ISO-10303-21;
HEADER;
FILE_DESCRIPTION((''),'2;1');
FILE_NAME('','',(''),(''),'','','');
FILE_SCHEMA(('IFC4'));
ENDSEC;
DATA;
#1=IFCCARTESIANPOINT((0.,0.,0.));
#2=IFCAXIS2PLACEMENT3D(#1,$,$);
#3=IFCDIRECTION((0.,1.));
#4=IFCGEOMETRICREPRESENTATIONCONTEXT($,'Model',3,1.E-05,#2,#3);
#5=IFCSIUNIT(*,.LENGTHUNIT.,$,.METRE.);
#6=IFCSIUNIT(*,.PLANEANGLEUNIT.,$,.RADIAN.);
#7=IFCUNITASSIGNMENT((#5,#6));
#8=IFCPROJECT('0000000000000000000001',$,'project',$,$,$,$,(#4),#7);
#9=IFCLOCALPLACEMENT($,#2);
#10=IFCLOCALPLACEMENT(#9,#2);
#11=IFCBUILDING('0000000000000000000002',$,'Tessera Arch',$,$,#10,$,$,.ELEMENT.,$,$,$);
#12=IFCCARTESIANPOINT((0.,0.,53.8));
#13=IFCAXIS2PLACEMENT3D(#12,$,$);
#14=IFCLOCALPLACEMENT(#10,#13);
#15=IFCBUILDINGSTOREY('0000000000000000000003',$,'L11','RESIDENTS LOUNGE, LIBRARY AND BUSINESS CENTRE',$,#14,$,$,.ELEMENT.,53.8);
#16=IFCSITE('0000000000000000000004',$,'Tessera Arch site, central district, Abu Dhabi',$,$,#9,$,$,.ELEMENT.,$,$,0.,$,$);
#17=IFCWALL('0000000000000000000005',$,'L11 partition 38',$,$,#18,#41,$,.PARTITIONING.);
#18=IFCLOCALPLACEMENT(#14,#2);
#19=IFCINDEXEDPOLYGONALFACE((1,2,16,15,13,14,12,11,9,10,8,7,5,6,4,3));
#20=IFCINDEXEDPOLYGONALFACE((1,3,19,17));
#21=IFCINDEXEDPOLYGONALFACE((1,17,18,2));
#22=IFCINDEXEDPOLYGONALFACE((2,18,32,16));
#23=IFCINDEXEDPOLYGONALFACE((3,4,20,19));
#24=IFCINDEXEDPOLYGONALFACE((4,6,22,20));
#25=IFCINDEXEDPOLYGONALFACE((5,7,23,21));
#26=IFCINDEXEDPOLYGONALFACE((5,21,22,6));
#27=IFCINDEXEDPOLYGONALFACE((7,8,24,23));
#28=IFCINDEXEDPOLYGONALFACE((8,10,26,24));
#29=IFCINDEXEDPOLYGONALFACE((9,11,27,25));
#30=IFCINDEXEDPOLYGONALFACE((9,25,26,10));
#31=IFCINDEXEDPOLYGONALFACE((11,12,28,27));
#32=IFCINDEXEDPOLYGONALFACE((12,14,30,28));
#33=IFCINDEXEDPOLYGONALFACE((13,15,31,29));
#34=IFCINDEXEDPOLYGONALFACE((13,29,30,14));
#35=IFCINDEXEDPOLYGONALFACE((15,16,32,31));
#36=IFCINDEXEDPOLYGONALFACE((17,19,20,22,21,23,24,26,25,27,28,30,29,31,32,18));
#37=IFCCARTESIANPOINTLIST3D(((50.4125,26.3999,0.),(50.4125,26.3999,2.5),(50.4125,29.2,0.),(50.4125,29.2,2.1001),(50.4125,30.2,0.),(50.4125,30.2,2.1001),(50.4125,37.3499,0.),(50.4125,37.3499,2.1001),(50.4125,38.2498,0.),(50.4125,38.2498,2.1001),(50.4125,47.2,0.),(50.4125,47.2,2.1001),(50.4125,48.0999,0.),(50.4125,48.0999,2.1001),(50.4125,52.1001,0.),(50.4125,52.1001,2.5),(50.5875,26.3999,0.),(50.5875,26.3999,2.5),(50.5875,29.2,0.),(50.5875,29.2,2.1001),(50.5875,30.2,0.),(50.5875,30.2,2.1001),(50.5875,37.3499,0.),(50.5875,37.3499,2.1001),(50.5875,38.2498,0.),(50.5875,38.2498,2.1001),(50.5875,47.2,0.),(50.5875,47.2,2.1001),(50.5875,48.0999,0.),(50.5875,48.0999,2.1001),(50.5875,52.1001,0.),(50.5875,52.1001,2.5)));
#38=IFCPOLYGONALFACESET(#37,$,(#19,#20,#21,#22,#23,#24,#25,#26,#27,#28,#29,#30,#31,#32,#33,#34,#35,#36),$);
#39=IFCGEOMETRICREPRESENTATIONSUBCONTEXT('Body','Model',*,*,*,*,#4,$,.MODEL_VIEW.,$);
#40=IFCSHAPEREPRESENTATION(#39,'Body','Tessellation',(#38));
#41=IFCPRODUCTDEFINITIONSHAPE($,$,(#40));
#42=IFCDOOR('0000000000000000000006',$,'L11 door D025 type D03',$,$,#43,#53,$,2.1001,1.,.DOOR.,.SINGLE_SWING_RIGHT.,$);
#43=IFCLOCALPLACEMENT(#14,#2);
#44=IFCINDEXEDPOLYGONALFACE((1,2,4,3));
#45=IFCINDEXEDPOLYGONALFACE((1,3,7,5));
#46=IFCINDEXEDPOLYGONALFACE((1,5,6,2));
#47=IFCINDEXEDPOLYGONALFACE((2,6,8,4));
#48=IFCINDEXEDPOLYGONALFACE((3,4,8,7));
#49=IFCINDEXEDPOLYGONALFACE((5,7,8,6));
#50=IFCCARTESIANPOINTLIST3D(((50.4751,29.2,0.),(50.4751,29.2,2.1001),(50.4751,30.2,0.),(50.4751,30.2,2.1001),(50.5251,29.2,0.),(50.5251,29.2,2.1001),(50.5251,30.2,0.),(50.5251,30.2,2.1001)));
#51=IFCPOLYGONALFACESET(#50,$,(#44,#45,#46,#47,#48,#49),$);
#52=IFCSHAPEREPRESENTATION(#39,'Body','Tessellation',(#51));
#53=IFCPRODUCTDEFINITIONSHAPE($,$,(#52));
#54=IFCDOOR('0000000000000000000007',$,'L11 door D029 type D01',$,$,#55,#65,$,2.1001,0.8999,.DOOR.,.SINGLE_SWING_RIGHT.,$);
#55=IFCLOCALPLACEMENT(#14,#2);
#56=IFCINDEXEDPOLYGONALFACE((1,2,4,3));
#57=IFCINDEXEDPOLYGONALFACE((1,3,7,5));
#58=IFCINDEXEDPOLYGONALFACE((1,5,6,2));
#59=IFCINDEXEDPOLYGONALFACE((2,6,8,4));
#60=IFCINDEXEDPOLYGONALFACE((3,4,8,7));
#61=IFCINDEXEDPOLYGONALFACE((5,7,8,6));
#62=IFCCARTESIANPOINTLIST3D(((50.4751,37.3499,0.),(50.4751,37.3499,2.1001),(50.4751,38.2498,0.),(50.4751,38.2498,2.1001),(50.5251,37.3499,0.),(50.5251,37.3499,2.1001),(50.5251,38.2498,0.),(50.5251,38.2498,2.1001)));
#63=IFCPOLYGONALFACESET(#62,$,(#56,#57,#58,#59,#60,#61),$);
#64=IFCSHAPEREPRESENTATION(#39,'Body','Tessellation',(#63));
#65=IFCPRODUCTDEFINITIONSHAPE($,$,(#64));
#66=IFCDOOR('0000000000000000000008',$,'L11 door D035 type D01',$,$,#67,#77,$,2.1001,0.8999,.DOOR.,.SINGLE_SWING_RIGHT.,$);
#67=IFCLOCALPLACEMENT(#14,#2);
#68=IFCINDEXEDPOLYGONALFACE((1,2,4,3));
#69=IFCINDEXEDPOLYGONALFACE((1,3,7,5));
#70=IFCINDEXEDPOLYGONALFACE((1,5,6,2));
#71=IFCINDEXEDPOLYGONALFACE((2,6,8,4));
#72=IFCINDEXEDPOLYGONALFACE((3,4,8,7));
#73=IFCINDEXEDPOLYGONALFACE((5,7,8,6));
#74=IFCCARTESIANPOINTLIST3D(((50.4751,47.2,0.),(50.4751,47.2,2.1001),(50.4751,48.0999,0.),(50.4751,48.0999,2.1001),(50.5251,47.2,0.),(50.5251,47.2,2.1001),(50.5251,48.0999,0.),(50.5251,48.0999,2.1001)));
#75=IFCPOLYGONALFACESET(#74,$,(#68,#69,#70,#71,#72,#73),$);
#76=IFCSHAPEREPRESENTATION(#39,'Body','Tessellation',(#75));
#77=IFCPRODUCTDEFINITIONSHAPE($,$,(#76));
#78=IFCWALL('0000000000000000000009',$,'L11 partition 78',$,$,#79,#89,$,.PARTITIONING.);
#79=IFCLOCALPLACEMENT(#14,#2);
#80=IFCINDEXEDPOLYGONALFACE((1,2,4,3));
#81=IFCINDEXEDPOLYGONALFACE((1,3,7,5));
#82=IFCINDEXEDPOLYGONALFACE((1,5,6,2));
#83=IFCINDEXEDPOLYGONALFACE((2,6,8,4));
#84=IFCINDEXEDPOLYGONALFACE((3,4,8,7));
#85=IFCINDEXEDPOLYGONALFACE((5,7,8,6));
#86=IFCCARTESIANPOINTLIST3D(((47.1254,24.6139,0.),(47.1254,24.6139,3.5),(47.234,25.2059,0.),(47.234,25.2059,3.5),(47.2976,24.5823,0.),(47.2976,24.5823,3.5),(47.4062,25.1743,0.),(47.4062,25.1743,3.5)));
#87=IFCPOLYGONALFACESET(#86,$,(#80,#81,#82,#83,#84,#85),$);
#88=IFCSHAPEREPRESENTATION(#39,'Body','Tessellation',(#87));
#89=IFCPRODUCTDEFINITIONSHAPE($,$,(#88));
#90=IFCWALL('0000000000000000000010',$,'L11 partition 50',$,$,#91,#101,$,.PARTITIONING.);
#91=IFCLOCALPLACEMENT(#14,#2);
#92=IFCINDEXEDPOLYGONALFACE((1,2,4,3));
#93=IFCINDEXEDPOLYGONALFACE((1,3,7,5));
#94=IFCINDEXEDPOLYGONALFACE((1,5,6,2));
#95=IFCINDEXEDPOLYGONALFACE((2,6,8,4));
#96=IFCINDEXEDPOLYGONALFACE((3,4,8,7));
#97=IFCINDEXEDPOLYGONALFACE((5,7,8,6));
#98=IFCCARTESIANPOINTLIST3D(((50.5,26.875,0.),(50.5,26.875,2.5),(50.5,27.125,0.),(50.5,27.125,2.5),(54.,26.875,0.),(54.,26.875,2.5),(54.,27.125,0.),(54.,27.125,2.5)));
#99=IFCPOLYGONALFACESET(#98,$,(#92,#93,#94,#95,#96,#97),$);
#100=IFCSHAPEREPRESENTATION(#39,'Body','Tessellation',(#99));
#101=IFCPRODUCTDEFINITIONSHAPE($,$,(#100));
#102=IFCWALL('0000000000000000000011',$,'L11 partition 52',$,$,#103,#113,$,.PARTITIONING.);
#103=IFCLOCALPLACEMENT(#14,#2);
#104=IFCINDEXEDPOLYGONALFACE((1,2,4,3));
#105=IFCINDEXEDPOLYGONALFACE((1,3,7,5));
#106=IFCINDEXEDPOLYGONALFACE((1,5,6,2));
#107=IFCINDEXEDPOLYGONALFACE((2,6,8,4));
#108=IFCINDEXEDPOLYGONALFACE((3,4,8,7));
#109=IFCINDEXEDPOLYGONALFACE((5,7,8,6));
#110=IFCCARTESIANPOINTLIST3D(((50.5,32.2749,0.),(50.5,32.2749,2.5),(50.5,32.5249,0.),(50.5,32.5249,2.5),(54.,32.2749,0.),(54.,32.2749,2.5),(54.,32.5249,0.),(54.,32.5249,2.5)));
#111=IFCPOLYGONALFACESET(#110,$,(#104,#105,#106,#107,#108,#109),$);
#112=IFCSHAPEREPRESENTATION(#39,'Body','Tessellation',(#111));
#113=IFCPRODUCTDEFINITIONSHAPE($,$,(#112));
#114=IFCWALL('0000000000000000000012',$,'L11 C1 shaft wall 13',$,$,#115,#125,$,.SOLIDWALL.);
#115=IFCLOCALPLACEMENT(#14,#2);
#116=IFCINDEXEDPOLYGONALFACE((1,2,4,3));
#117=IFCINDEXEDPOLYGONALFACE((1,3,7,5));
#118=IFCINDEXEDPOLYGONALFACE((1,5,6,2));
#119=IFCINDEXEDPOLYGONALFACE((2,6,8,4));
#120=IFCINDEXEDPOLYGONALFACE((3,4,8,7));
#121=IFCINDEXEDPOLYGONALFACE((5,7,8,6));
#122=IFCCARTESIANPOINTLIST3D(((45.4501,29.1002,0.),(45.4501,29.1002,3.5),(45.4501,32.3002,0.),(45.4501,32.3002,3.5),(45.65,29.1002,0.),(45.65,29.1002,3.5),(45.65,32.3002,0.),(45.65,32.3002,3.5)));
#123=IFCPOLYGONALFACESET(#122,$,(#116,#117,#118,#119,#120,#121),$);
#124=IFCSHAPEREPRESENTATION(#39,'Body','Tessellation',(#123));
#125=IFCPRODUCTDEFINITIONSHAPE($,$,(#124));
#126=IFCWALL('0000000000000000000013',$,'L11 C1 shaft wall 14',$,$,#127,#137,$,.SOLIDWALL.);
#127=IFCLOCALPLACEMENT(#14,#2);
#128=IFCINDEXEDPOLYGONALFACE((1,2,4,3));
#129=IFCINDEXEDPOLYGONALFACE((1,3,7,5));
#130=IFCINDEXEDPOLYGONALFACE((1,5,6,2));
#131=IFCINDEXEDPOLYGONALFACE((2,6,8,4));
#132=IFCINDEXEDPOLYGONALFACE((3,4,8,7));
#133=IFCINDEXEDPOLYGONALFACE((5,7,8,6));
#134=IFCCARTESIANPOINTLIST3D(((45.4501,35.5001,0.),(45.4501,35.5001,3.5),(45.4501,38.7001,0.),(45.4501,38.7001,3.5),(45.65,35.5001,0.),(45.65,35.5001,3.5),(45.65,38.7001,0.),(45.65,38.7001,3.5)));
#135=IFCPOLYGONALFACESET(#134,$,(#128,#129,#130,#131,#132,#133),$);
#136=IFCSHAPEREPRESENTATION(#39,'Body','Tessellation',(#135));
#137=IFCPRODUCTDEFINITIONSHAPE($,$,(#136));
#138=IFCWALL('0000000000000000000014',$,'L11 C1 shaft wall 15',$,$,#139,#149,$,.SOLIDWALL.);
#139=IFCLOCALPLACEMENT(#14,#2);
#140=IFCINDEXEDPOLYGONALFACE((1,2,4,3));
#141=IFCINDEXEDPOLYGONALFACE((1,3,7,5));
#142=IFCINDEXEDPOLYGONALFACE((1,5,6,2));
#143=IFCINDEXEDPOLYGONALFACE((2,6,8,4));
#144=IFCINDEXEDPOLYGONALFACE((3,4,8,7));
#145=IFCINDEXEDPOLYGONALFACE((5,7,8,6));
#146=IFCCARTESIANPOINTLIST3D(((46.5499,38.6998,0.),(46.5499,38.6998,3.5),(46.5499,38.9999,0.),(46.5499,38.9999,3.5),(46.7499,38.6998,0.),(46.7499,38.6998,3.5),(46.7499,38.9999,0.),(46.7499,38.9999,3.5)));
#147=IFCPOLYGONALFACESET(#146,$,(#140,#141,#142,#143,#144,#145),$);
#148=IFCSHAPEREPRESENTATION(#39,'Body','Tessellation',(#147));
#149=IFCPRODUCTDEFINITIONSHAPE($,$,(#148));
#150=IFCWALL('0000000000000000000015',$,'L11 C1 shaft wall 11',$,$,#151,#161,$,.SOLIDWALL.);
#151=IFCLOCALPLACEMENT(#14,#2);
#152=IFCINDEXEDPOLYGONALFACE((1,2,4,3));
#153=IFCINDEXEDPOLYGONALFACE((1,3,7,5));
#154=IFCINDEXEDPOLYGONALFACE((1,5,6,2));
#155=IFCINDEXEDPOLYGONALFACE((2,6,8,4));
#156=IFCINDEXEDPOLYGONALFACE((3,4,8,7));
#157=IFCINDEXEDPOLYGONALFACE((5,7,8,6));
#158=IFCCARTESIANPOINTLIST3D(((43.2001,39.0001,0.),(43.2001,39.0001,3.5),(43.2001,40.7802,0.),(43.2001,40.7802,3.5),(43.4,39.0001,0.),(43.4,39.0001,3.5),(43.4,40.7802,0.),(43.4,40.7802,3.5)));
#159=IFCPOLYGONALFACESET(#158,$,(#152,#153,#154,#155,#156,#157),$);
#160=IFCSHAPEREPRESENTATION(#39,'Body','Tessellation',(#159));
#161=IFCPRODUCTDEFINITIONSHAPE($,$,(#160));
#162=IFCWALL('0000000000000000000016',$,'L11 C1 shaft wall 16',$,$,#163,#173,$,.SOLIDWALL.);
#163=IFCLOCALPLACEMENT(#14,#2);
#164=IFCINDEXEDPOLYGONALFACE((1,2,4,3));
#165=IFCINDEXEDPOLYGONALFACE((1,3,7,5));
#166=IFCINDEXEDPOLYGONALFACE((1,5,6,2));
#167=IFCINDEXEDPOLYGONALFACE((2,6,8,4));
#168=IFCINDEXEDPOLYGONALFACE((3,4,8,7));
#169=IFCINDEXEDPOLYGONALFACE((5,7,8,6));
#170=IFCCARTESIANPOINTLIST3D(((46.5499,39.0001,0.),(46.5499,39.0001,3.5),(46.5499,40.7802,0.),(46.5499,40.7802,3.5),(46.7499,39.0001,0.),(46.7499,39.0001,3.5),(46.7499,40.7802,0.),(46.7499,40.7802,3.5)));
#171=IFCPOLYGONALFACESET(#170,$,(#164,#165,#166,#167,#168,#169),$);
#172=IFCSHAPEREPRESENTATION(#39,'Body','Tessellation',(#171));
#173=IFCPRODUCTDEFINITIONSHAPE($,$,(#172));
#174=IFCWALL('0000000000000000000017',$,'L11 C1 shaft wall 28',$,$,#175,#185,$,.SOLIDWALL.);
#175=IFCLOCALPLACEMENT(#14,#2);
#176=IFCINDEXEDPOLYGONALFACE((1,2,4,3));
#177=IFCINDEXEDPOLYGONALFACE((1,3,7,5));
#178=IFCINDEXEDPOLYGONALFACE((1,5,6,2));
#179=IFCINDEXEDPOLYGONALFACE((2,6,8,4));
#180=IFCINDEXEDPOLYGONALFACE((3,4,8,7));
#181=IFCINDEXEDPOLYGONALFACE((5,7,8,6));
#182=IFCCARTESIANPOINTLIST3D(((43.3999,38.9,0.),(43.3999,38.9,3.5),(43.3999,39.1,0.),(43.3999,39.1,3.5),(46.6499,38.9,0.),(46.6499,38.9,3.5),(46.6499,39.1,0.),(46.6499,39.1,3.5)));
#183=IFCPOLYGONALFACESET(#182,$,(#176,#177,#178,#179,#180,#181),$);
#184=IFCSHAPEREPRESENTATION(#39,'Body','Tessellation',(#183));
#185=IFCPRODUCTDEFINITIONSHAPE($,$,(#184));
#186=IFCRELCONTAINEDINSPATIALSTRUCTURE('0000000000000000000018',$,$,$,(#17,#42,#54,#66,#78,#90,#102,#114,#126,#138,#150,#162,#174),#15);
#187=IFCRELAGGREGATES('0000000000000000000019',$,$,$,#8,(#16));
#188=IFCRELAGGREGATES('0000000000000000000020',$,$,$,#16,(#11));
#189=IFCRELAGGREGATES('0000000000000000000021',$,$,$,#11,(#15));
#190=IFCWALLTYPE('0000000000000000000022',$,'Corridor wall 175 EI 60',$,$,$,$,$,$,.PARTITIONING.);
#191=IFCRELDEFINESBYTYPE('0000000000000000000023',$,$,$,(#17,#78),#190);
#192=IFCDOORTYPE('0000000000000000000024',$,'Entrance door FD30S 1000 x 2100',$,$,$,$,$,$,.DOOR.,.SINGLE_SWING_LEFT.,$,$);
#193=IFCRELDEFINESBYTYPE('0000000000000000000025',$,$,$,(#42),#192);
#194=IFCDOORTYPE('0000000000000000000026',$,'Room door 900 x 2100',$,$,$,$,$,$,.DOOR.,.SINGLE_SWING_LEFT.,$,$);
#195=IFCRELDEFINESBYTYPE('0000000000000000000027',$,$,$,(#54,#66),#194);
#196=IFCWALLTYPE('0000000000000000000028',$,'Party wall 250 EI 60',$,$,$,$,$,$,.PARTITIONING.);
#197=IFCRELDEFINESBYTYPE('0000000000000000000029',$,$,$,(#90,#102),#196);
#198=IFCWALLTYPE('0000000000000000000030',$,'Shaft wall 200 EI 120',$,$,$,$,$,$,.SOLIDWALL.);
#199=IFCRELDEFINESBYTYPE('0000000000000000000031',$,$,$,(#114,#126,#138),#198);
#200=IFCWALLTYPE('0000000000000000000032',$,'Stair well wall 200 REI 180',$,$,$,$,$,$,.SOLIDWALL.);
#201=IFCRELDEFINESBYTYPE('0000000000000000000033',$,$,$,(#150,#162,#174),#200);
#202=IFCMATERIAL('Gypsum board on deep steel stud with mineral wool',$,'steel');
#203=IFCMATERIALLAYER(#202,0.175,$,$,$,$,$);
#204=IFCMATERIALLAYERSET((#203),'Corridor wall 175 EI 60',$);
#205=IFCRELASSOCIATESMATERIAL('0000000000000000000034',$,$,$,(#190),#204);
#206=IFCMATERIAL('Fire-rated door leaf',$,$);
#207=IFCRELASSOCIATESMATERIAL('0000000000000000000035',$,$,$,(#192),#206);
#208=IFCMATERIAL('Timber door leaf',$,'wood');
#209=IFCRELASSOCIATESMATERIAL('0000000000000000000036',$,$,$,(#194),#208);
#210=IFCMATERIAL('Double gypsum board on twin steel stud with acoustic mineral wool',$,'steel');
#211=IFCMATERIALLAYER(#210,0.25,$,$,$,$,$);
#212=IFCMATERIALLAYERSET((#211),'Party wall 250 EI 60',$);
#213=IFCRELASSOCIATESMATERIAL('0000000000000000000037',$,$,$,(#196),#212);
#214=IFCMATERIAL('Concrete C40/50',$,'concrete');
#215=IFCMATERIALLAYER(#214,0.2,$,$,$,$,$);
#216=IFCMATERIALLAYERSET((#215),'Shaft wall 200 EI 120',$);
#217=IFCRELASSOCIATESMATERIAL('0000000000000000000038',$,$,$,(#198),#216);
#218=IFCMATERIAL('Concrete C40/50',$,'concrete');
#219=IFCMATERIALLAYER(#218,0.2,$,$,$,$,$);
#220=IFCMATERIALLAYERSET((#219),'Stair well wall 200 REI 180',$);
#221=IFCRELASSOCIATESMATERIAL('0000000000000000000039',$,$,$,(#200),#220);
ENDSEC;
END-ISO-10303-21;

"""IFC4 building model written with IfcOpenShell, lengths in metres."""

from ifc_helpers import new_model, si_unit, direction, frame, frame_2d, origin, place, context, subcontext, project, spatial, rectangle, extrude, material, layer, layer_set, type_object, element, fill, save


model = new_model("IFC4")

# Units and contexts
model_context = context("Model", 3, precision=1e-05, world=origin(), true_north=direction((0.0, 1.0)))
body_context = subcontext(model_context, "Body", "Model", "MODEL_VIEW")
ifc_project = project(units=[si_unit("LENGTHUNIT", "METRE"), si_unit("PLANEANGLEUNIT", "RADIAN")], contexts=[model_context])

# Site, building, storey
site_placement = place(None, origin())
site = spatial("IfcSite", under=ifc_project, at=site_placement, Name="Tessera Arch site, central district, Abu Dhabi", CompositionType="ELEMENT", RefElevation=0.0)
building_placement = place(site_placement, origin())
building = spatial("IfcBuilding", under=site, at=building_placement, Name="Tessera Arch", CompositionType="ELEMENT")
storey_placement = place(building_placement, frame((0.0, 0.0, 53.8)))
storey = spatial("IfcBuildingStorey", under=building, at=storey_placement, Name="L11", Description="RESIDENTS LOUNGE, LIBRARY AND BUSINESS CENTRE", CompositionType="ELEMENT", Elevation=53.8)

# Shared definitions
ifc_material_1 = material(Name="Gypsum board on deep steel stud with mineral wool", Category="steel")
ifc_layer_1 = layer(ifc_material_1, 0.175)
ifc_layer_set_1 = layer_set([ifc_layer_1], Name="Corridor wall 175 EI 60")
wall_type_1 = type_object("IfcWallType", Name="Corridor wall 175 EI 60", PredefinedType="PARTITIONING", material=ifc_layer_set_1)

# Wall, openings, doors
wall_1_placement = place(storey_placement, frame((50.5, 26.3999, 0.0), z_axis=(0.0, 0.0, 1.0), x_axis=(0.0, 1.0, 0.0)))
wall_1 = element("IfcWall", 1, at=wall_1_placement, inside=storey, type_object=wall_type_1, Name="L11 partition 38", PredefinedType="PARTITIONING", context=body_context, shape_type="SweptSolid", body=[
    extrude(rectangle(XDim=25.7002, YDim=0.175, at=frame_2d((12.8501, 0.0))), origin(), (0.0, 0.0, 1.0), 2.5),
])
opening_1_placement = place(wall_1_placement, frame((2.8, 0.0, 0.0)))
opening_1 = element("IfcOpeningElement", 2, at=opening_1_placement, cuts=wall_1, PredefinedType="OPENING", context=body_context, shape_type="SweptSolid", body=[
    extrude(rectangle(XDim=1.0, YDim=2.1001, at=frame_2d((0.5, 1.05))), frame((0.0, 0.0974, 0.0), z_axis=(0.0, -1.0, 0.0), x_axis=(1.0, 0.0, 0.0)), (0.0, 0.0, 1.0), 0.1951),
])
opening_2_placement = place(wall_1_placement, frame((10.95, 0.0, 0.0)))
opening_2 = element("IfcOpeningElement", 3, at=opening_2_placement, cuts=wall_1, PredefinedType="OPENING", context=body_context, shape_type="SweptSolid", body=[
    extrude(rectangle(XDim=0.8999, YDim=2.1001, at=frame_2d((0.45, 1.05))), frame((0.0, 0.0974, 0.0), z_axis=(0.0, -1.0, 0.0), x_axis=(1.0, 0.0, 0.0)), (0.0, 0.0, 1.0), 0.1951),
])
opening_3_placement = place(wall_1_placement, frame((20.8, 0.0, 0.0)))
opening_3 = element("IfcOpeningElement", 4, at=opening_3_placement, cuts=wall_1, PredefinedType="OPENING", context=body_context, shape_type="SweptSolid", body=[
    extrude(rectangle(XDim=0.8999, YDim=2.1001, at=frame_2d((0.45, 1.05))), frame((0.0, 0.0974, 0.0), z_axis=(0.0, -1.0, 0.0), x_axis=(1.0, 0.0, 0.0)), (0.0, 0.0, 1.0), 0.1951),
])
ifc_material_2 = material(Name="Fire-rated door leaf")
door_type_1 = type_object("IfcDoorType", Name="Entrance door FD30S 1000 x 2100", OperationType="SINGLE_SWING_LEFT", PredefinedType="DOOR", material=ifc_material_2)
door_1_placement = place(opening_1_placement, origin())
door_1 = element("IfcDoor", 5, at=door_1_placement, inside=storey, type_object=door_type_1, Name="L11 door D025 type D03", OperationType="SINGLE_SWING_RIGHT", OverallHeight=2.1001, OverallWidth=1.0, PredefinedType="DOOR", context=body_context, shape_type="SweptSolid", body=[
    extrude(rectangle(XDim=1.0, YDim=2.1001, at=frame_2d((0.5, 1.05))), frame((0.0, 0.0249, 0.0), z_axis=(0.0, -1.0, 0.0), x_axis=(1.0, 0.0, 0.0)), (0.0, 0.0, 1.0), 0.05),
])
fill(opening_1, door_1)
ifc_material_3 = material(Name="Timber door leaf", Category="wood")
door_type_2 = type_object("IfcDoorType", Name="Room door 900 x 2100", OperationType="SINGLE_SWING_LEFT", PredefinedType="DOOR", material=ifc_material_3)
door_2_placement = place(opening_2_placement, origin())
door_2 = element("IfcDoor", 6, at=door_2_placement, inside=storey, type_object=door_type_2, Name="L11 door D029 type D01", OperationType="SINGLE_SWING_RIGHT", OverallHeight=2.1001, OverallWidth=0.8999, PredefinedType="DOOR", context=body_context, shape_type="SweptSolid", body=[
    extrude(rectangle(XDim=0.8999, YDim=2.1001, at=frame_2d((0.45, 1.05))), frame((0.0, 0.0249, 0.0), z_axis=(0.0, -1.0, 0.0), x_axis=(1.0, 0.0, 0.0)), (0.0, 0.0, 1.0), 0.05),
])
fill(opening_2, door_2)
door_3_placement = place(opening_3_placement, origin())
door_3 = element("IfcDoor", 7, at=door_3_placement, inside=storey, type_object=door_type_2, Name="L11 door D035 type D01", OperationType="SINGLE_SWING_RIGHT", OverallHeight=2.1001, OverallWidth=0.8999, PredefinedType="DOOR", context=body_context, shape_type="SweptSolid", body=[
    extrude(rectangle(XDim=0.8999, YDim=2.1001, at=frame_2d((0.45, 1.05))), frame((0.0, 0.0249, 0.0), z_axis=(0.0, -1.0, 0.0), x_axis=(1.0, 0.0, 0.0)), (0.0, 0.0, 1.0), 0.05),
])
fill(opening_3, door_3)

# Walls
wall_2_placement = place(storey_placement, frame((47.3201, 25.1899, 0.0), z_axis=(0.0, 0.0, 1.0), x_axis=(-0.180491, -0.983577, 0.0)))
element("IfcWall", 8, at=wall_2_placement, inside=storey, type_object=wall_type_1, Name="L11 partition 78", PredefinedType="PARTITIONING", context=body_context, shape_type="SweptSolid", body=[
    extrude(rectangle(XDim=0.6018, YDim=0.175, at=frame_2d((0.3008, 0.0))), origin(), (0.0, 0.0, 1.0), 3.5),
])
ifc_material_4 = material(Name="Double gypsum board on twin steel stud with acoustic mineral wool", Category="steel")
ifc_layer_2 = layer(ifc_material_4, 0.25)
ifc_layer_set_2 = layer_set([ifc_layer_2], Name="Party wall 250 EI 60")
wall_type_2 = type_object("IfcWallType", Name="Party wall 250 EI 60", PredefinedType="PARTITIONING", material=ifc_layer_set_2)
for number, where, z_axis, x_axis, name in (
    (9, (50.5, 27.0, 0.0), (0.0, 0.0, 1.0), (1.0, 0.0, 0.0), "L11 partition 50"),
    (10, (50.5, 32.3999, 0.0), (0.0, 0.0, 1.0), (1.0, 0.0, 0.0), "L11 partition 52"),
):
    element("IfcWall", number, at=place(storey_placement, frame(where, z_axis=z_axis, x_axis=x_axis)), inside=storey, type_object=wall_type_2, Name=name, PredefinedType="PARTITIONING", context=body_context, shape_type="SweptSolid", body=[
        extrude(rectangle(XDim=3.5, YDim=0.25, at=frame_2d((1.75, 0.0))), origin(), (0.0, 0.0, 1.0), 2.5),
    ])
ifc_material_5 = material(Name="Concrete C40/50", Category="concrete")
ifc_layer_3 = layer(ifc_material_5, 0.2)
ifc_layer_set_3 = layer_set([ifc_layer_3], Name="Shaft wall 200 EI 120")
wall_type_3 = type_object("IfcWallType", Name="Shaft wall 200 EI 120", PredefinedType="SOLIDWALL", material=ifc_layer_set_3)
for number, where, z_axis, x_axis, name in (
    (11, (45.55, 29.1001, 0.0), (0.0, 0.0, 1.0), (0.0, 1.0, 0.0), "L11 C1 shaft wall 13"),
    (12, (45.55, 35.5, 0.0), (0.0, 0.0, 1.0), (0.0, 1.0, 0.0), "L11 C1 shaft wall 14"),
):
    element("IfcWall", number, at=place(storey_placement, frame(where, z_axis=z_axis, x_axis=x_axis)), inside=storey, type_object=wall_type_3, Name=name, PredefinedType="SOLIDWALL", context=body_context, shape_type="SweptSolid", body=[
        extrude(rectangle(XDim=3.2, YDim=0.2, at=frame_2d((1.6001, 0.0))), origin(), (0.0, 0.0, 1.0), 3.5),
    ])
wall_3_placement = place(storey_placement, frame((46.6499, 38.7, 0.0), z_axis=(0.0, 0.0, 1.0), x_axis=(0.0, 1.0, 0.0)))
element("IfcWall", 13, at=wall_3_placement, inside=storey, type_object=wall_type_3, Name="L11 C1 shaft wall 15", PredefinedType="SOLIDWALL", context=body_context, shape_type="SweptSolid", body=[
    extrude(rectangle(XDim=0.3, YDim=0.2, at=frame_2d((0.1499, 0.0))), origin(), (0.0, 0.0, 1.0), 3.5),
])
ifc_material_6 = material(Name="Concrete C40/50", Category="concrete")
ifc_layer_4 = layer(ifc_material_6, 0.2)
ifc_layer_set_4 = layer_set([ifc_layer_4], Name="Stair well wall 200 REI 180")
wall_type_4 = type_object("IfcWallType", Name="Stair well wall 200 REI 180", PredefinedType="SOLIDWALL", material=ifc_layer_set_4)
for number, where, z_axis, x_axis, name in (
    (14, (43.3, 39.0, 0.0), (0.0, 0.0, 1.0), (0.0, 1.0, 0.0), "L11 C1 shaft wall 11"),
    (15, (46.6499, 39.0, 0.0), (0.0, 0.0, 1.0), (0.0, 1.0, 0.0), "L11 C1 shaft wall 16"),
):
    element("IfcWall", number, at=place(storey_placement, frame(where, z_axis=z_axis, x_axis=x_axis)), inside=storey, type_object=wall_type_4, Name=name, PredefinedType="SOLIDWALL", context=body_context, shape_type="SweptSolid", body=[
        extrude(rectangle(XDim=1.78, YDim=0.2, at=frame_2d((0.8901, 0.0))), origin(), (0.0, 0.0, 1.0), 3.5),
    ])
wall_4_placement = place(storey_placement, frame((43.3999, 39.0, 0.0), z_axis=(0.0, 0.0, 1.0), x_axis=(1.0, 0.0, 0.0)))
element("IfcWall", 16, at=wall_4_placement, inside=storey, type_object=wall_type_4, Name="L11 C1 shaft wall 28", PredefinedType="SOLIDWALL", context=body_context, shape_type="SweptSolid", body=[
    extrude(rectangle(XDim=3.25, YDim=0.2, at=frame_2d((1.625, 0.0))), origin(), (0.0, 0.0, 1.0), 3.5),
])

save(model, "model.ifc")
